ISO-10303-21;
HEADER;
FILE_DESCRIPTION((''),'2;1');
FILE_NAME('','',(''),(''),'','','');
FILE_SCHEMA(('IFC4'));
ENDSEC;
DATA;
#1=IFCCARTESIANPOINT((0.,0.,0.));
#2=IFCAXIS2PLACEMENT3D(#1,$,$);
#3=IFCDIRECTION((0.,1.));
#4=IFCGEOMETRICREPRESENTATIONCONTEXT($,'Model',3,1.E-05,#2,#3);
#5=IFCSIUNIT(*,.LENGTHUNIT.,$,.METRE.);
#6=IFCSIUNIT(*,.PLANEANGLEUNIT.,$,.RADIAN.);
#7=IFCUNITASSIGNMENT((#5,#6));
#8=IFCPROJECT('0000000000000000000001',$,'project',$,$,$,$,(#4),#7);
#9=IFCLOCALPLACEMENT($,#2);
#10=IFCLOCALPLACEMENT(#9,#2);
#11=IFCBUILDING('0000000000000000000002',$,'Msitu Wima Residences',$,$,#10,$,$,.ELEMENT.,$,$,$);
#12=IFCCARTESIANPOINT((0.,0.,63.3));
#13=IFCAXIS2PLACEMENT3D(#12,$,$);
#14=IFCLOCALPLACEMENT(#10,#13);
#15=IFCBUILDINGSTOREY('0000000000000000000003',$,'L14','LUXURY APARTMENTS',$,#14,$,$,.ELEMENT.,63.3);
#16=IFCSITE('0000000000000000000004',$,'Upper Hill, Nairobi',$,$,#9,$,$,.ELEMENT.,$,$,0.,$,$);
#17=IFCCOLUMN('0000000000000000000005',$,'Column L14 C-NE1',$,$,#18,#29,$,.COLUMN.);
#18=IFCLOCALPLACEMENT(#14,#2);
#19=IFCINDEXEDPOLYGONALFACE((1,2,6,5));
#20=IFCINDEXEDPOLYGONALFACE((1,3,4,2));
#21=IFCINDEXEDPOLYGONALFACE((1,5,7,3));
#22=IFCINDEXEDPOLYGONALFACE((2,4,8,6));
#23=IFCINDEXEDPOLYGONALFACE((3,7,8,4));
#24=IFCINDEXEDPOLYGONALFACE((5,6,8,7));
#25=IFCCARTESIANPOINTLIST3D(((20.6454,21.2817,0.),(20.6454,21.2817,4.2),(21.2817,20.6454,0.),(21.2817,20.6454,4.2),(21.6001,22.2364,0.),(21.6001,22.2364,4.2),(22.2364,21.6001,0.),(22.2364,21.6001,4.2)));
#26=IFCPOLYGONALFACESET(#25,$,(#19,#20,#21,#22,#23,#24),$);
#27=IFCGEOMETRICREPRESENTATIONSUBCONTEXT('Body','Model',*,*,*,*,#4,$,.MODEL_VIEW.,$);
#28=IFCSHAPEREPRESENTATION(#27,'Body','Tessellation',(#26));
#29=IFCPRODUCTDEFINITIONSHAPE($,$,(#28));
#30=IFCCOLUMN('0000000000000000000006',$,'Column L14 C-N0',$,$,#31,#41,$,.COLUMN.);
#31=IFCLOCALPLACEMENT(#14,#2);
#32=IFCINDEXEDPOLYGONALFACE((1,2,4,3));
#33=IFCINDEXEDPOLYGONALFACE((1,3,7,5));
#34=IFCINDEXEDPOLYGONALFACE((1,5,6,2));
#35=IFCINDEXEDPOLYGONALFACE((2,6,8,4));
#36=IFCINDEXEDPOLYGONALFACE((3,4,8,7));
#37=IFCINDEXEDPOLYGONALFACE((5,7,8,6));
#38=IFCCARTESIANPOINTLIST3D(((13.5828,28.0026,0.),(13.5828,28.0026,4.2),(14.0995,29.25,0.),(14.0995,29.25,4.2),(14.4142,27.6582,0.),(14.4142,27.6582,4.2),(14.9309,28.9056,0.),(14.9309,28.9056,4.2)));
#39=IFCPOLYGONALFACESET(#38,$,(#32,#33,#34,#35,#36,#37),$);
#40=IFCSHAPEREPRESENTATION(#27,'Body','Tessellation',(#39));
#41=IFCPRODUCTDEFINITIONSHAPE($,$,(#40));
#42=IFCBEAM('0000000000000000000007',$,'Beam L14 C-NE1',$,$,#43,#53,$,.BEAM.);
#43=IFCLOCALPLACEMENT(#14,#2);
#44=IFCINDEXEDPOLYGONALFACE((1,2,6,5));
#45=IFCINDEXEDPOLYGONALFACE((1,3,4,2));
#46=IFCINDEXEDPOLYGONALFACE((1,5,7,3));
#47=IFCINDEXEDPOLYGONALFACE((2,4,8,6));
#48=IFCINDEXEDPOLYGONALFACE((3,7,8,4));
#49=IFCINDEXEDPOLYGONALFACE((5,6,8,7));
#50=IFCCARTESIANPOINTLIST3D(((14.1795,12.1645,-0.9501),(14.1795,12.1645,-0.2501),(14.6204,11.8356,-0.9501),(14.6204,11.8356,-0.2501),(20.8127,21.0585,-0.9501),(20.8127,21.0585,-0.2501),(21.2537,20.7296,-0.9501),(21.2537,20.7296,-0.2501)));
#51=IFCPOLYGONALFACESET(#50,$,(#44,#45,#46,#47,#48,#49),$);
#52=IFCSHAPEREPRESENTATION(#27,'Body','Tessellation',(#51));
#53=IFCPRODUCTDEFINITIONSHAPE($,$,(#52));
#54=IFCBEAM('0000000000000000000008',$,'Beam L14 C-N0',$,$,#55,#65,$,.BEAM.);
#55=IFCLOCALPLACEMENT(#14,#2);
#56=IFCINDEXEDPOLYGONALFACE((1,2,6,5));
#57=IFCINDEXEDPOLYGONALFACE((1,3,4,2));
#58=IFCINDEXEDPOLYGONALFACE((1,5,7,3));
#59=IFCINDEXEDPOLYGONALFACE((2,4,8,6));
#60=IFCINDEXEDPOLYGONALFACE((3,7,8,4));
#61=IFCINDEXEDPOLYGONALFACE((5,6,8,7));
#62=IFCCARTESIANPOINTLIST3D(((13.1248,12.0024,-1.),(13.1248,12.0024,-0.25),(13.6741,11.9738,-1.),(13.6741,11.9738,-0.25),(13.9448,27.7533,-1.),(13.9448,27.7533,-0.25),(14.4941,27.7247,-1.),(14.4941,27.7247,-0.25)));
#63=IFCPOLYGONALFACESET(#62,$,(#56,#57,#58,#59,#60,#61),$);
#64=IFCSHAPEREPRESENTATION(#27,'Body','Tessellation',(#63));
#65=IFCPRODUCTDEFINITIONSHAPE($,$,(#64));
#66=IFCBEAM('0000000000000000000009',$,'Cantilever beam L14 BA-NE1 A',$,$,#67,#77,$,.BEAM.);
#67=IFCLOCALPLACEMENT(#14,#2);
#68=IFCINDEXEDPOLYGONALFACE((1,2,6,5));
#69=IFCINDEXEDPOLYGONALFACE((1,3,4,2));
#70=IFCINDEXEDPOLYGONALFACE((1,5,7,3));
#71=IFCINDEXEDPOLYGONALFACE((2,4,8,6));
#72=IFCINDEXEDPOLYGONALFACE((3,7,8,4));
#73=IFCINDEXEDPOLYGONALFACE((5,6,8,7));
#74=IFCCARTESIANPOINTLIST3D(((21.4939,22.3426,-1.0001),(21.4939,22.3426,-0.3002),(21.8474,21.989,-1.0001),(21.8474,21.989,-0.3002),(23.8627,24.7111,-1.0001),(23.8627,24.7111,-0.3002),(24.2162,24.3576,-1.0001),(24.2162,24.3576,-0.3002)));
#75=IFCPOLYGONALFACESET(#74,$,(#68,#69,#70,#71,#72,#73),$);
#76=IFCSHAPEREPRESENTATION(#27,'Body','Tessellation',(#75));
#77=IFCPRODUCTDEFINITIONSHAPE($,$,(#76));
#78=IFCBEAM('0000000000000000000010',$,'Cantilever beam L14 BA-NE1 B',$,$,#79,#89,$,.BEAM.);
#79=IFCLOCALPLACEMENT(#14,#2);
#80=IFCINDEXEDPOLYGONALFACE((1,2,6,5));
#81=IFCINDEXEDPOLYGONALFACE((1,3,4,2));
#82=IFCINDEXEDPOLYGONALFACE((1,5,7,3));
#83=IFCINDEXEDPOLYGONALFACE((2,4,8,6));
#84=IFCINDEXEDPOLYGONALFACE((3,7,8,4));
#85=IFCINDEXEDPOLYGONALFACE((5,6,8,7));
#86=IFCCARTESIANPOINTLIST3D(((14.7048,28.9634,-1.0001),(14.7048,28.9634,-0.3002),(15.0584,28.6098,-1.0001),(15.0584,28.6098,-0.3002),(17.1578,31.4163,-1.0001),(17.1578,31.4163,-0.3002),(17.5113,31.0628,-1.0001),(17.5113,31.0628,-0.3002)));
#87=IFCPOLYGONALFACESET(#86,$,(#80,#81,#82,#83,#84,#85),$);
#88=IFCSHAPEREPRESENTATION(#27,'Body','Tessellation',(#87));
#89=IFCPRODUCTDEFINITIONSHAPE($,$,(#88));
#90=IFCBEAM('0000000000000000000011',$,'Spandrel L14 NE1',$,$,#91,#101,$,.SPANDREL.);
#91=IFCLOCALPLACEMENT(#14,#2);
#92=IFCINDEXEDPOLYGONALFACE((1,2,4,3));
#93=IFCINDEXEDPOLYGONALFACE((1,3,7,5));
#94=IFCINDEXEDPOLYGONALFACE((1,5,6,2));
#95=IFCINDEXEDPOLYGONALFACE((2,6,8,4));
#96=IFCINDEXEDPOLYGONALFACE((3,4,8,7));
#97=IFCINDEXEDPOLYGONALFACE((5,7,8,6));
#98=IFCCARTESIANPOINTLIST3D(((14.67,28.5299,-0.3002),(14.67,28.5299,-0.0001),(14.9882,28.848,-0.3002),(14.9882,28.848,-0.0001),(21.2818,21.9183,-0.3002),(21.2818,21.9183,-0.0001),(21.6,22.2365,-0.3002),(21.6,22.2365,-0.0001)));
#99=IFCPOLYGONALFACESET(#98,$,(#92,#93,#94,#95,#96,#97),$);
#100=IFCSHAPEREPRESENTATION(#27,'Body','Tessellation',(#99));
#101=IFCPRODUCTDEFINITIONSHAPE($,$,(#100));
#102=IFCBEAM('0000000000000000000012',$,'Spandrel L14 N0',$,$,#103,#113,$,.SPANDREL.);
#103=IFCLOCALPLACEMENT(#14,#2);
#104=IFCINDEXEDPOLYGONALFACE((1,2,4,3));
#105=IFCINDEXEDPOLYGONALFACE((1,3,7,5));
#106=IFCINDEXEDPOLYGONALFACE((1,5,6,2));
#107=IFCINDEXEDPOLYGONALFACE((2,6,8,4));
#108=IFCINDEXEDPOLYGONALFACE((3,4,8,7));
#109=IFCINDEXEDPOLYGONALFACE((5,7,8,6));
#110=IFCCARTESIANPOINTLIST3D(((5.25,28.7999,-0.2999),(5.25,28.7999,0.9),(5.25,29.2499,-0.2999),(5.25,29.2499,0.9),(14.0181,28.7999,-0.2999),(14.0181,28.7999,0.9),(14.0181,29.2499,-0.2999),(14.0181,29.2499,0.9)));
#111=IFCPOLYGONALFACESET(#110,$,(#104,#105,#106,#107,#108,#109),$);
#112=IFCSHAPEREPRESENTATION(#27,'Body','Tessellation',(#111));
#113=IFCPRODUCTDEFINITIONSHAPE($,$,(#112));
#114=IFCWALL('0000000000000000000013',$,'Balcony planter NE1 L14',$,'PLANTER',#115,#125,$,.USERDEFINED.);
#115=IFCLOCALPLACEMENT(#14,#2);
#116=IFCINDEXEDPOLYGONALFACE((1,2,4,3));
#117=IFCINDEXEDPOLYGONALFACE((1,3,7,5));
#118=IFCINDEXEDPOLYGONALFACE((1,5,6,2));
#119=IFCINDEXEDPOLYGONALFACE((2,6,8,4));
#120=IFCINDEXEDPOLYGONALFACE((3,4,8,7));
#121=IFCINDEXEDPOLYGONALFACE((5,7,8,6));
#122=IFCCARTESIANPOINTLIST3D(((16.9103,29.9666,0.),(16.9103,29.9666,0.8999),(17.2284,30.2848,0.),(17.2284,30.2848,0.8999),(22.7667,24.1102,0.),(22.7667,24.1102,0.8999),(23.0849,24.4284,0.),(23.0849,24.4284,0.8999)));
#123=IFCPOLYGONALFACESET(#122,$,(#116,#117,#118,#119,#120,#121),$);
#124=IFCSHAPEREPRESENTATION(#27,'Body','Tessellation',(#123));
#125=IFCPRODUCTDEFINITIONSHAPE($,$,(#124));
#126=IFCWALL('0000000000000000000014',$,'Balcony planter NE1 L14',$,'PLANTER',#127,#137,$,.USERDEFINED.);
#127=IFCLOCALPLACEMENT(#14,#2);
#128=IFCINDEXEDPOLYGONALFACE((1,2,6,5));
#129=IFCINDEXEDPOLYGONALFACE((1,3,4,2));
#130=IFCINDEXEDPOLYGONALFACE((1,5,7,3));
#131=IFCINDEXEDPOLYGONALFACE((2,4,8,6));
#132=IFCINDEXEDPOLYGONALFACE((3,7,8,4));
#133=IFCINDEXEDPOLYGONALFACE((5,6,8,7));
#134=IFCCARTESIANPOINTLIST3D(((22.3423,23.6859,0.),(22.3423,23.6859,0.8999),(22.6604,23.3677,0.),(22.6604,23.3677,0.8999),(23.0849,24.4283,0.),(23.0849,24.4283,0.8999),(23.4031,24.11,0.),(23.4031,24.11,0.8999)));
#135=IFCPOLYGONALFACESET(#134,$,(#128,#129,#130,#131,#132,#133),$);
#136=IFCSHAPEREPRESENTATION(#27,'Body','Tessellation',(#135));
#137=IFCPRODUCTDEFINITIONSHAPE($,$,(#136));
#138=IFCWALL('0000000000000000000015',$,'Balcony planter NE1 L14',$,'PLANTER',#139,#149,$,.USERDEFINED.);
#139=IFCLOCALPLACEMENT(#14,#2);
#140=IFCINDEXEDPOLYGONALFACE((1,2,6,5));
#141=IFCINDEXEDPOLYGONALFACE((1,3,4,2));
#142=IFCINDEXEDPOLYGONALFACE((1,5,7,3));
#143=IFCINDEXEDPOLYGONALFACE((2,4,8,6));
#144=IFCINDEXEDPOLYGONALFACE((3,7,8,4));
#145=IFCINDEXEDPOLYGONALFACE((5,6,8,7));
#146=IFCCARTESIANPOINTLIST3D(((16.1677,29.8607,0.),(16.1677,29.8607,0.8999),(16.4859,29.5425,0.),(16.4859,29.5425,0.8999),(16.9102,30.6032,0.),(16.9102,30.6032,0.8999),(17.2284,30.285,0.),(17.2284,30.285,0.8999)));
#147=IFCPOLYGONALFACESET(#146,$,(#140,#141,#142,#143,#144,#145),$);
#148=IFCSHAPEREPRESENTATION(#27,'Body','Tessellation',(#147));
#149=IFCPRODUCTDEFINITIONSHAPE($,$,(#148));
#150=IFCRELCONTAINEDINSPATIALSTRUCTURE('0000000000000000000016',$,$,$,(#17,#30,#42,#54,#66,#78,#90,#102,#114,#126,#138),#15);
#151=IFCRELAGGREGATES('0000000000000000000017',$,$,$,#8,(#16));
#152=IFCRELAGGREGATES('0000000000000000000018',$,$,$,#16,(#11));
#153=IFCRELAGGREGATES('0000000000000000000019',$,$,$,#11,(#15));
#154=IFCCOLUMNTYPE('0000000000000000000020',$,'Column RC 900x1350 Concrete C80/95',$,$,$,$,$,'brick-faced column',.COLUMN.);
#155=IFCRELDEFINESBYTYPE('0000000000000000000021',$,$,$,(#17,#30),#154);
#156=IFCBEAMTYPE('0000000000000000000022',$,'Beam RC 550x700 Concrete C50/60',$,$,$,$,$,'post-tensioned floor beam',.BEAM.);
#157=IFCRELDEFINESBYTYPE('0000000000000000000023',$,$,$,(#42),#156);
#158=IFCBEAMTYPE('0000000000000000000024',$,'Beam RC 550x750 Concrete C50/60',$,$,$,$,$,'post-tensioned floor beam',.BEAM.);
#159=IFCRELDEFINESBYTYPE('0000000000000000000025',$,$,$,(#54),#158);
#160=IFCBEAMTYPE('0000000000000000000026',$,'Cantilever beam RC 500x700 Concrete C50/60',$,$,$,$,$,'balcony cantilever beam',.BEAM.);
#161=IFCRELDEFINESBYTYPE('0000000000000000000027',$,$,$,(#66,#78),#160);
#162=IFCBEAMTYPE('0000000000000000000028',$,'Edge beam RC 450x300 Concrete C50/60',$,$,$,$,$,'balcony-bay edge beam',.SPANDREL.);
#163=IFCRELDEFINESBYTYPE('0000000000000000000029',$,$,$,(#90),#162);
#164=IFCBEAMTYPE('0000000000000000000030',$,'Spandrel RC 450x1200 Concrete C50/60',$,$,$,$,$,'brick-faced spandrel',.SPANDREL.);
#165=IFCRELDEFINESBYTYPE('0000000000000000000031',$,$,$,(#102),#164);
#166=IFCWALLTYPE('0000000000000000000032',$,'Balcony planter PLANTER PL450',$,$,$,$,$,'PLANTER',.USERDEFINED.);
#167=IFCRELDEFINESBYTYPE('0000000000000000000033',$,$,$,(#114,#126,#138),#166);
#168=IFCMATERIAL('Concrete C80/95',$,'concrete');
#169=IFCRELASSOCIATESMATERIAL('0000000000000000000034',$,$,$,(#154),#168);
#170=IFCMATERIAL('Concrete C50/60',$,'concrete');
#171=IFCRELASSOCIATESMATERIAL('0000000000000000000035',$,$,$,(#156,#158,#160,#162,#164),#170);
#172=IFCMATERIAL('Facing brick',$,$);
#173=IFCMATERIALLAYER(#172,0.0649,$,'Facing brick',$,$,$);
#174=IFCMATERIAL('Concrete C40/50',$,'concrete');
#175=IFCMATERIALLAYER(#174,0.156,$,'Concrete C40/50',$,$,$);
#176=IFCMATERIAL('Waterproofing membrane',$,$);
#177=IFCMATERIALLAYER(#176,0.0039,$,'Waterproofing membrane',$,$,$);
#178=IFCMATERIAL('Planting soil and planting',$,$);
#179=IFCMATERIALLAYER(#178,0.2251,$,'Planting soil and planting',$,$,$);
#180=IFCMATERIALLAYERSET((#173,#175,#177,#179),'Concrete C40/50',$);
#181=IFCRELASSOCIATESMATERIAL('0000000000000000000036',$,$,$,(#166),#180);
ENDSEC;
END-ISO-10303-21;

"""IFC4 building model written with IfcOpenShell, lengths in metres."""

from ifc_helpers import new_model, si_unit, direction, frame, frame_2d, origin, origin_2d, place, context, subcontext, project, spatial, rectangle, extrude, material, layer, layer_set, material_profile, profile_set, type_object, element, save


model = new_model("IFC4")

# Units and contexts
model_context = context("Model", 3, precision=1e-05, world=origin(), true_north=direction((0.0, 1.0)))
body_context = subcontext(model_context, "Body", "Model", "MODEL_VIEW")
ifc_project = project(units=[si_unit("LENGTHUNIT", "METRE"), si_unit("PLANEANGLEUNIT", "RADIAN")], contexts=[model_context])

# Site, building, storey
site_placement = place(None, origin())
site = spatial("IfcSite", under=ifc_project, at=site_placement, Name="Upper Hill, Nairobi", CompositionType="ELEMENT", RefElevation=0.0)
building_placement = place(site_placement, origin())
building = spatial("IfcBuilding", under=site, at=building_placement, Name="Msitu Wima Residences", CompositionType="ELEMENT")
storey_placement = place(building_placement, frame((0.0, 0.0, 63.3)))
storey = spatial("IfcBuildingStorey", under=building, at=storey_placement, Name="L14", Description="LUXURY APARTMENTS", CompositionType="ELEMENT", Elevation=63.3)

# Columns
ifc_material_1 = material(Name="Concrete C80/95", Category="concrete")
ifc_material_profile_1 = material_profile(ifc_material_1, rectangle(XDim=0.8999, YDim=1.3501, at=origin_2d()), Name="RC 900x1350")
ifc_profile_set_1 = profile_set([ifc_material_profile_1], Name="Concrete C80/95")
column_type = type_object("IfcColumnType", Name="Column RC 900x1350 Concrete C80/95", ElementType="brick-faced column", PredefinedType="COLUMN", material=ifc_profile_set_1)
for number, where, z_axis, x_axis, name in (
    (1, (21.4409, 21.4409, 0.0), (0.0, 0.0, 1.0), (-0.707107, 0.707107, 0.0), "Column L14 C-NE1"),
    (2, (14.2568, 28.4541, 0.0), (0.0, 0.0, 1.0), (-0.92388, 0.382683, 0.0), "Column L14 C-N0"),
):
    element("IfcColumn", number, at=place(storey_placement, frame(where, z_axis=z_axis, x_axis=x_axis)), inside=storey, type_object=column_type, Name=name, PredefinedType="COLUMN", context=body_context, shape_type="SweptSolid", body=[
        extrude(rectangle(XDim=0.8999, YDim=1.3501, at=origin_2d()), origin(), (0.0, 0.0, 1.0), 4.2),
    ])

# Beams
ifc_material_2 = material(Name="Concrete C50/60", Category="concrete")
ifc_material_profile_2 = material_profile(ifc_material_2, rectangle(XDim=0.55, YDim=0.7, at=origin_2d()), Name="RC 550x700")
ifc_profile_set_2 = profile_set([ifc_material_profile_2], Name="Concrete C50/60")
beam_type_1 = type_object("IfcBeamType", Name="Beam RC 550x700 Concrete C50/60", ElementType="post-tensioned floor beam", PredefinedType="BEAM", material=ifc_profile_set_2)
beam_1_placement = place(storey_placement, frame((21.0332, 20.894, -0.6001), z_axis=(-0.59785, -0.801608, 0.0), x_axis=(0.801608, -0.59785, 0.0)))
element("IfcBeam", 3, at=beam_1_placement, inside=storey, type_object=beam_type_1, Name="Beam L14 C-NE1", PredefinedType="BEAM", context=body_context, shape_type="SweptSolid", body=[
    extrude(rectangle(XDim=0.55, YDim=0.7, at=origin_2d()), origin(), (0.0, 0.0, 1.0), 11.0952),
])
ifc_material_profile_3 = material_profile(ifc_material_2, rectangle(XDim=0.55, YDim=0.75, at=origin_2d()), Name="RC 550x750")
ifc_profile_set_3 = profile_set([ifc_material_profile_3], Name="Concrete C50/60")
beam_type_2 = type_object("IfcBeamType", Name="Beam RC 550x750 Concrete C50/60", ElementType="post-tensioned floor beam", PredefinedType="BEAM", material=ifc_profile_set_3)
beam_2_placement = place(storey_placement, frame((14.2195, 27.739, -0.625), z_axis=(-0.051994, -0.998647, 0.0), x_axis=(0.998647, -0.051994, 0.0)))
element("IfcBeam", 4, at=beam_2_placement, inside=storey, type_object=beam_type_2, Name="Beam L14 C-N0", PredefinedType="BEAM", context=body_context, shape_type="SweptSolid", body=[
    extrude(rectangle(XDim=0.55, YDim=0.75, at=origin_2d()), origin(), (0.0, 0.0, 1.0), 15.7722),
])
ifc_material_profile_4 = material_profile(ifc_material_2, rectangle(XDim=0.5, YDim=0.7, at=origin_2d()), Name="RC 500x700")
ifc_profile_set_4 = profile_set([ifc_material_profile_4], Name="Concrete C50/60")
beam_type_3 = type_object("IfcBeamType", Name="Cantilever beam RC 500x700 Concrete C50/60", ElementType="balcony cantilever beam", PredefinedType="BEAM", material=ifc_profile_set_4)
beam_3_placement = place(storey_placement, frame((21.6707, 22.1658, -0.6501), z_axis=(0.707143, 0.70707, 0.0), x_axis=(-0.70707, 0.707143, 0.0)))
element("IfcBeam", 5, at=beam_3_placement, inside=storey, type_object=beam_type_3, Name="Cantilever beam L14 BA-NE1 A", PredefinedType="BEAM", context=body_context, shape_type="SweptSolid", body=[
    extrude(rectangle(XDim=0.5, YDim=0.7, at=origin_2d()), origin(), (0.0, 0.0, 1.0), 3.3499),
])
beam_4_placement = place(storey_placement, frame((14.8816, 28.7866, -0.6501), z_axis=(0.707107, 0.707107, 0.0), x_axis=(-0.707107, 0.707107, 0.0)))
element("IfcBeam", 6, at=beam_4_placement, inside=storey, type_object=beam_type_3, Name="Cantilever beam L14 BA-NE1 B", PredefinedType="BEAM", context=body_context, shape_type="SweptSolid", body=[
    extrude(rectangle(XDim=0.5, YDim=0.7, at=origin_2d()), origin(), (0.0, 0.0, 1.0), 3.469),
])
ifc_material_profile_5 = material_profile(ifc_material_2, rectangle(XDim=0.45, YDim=0.3, at=origin_2d()), Name="RC 450x300")
ifc_profile_set_5 = profile_set([ifc_material_profile_5], Name="Concrete C50/60")
beam_type_4 = type_object("IfcBeamType", Name="Edge beam RC 450x300 Concrete C50/60", ElementType="balcony-bay edge beam", PredefinedType="SPANDREL", material=ifc_profile_set_5)
beam_5_placement = place(storey_placement, frame((21.4409, 22.0774, -0.1501), z_axis=(-0.70712, 0.707094, 0.0), x_axis=(-0.707094, -0.70712, 0.0)))
element("IfcBeam", 7, at=beam_5_placement, inside=storey, type_object=beam_type_4, Name="Spandrel L14 NE1", PredefinedType="SPANDREL", context=body_context, shape_type="SweptSolid", body=[
    extrude(rectangle(XDim=0.45, YDim=0.3, at=origin_2d()), origin(), (0.0, 0.0, 1.0), 9.3503),
])
ifc_material_profile_6 = material_profile(ifc_material_2, rectangle(XDim=0.45, YDim=1.2, at=origin_2d()), Name="RC 450x1200")
ifc_profile_set_6 = profile_set([ifc_material_profile_6], Name="Concrete C50/60")
beam_type_5 = type_object("IfcBeamType", Name="Spandrel RC 450x1200 Concrete C50/60", ElementType="brick-faced spandrel", PredefinedType="SPANDREL", material=ifc_profile_set_6)
beam_6_placement = place(storey_placement, frame((14.0181, 29.0249, 0.3), z_axis=(-1.0, 0.0, 0.0), x_axis=(0.0, -1.0, 0.0)))
element("IfcBeam", 8, at=beam_6_placement, inside=storey, type_object=beam_type_5, Name="Spandrel L14 N0", PredefinedType="SPANDREL", context=body_context, shape_type="SweptSolid", body=[
    extrude(rectangle(XDim=0.45, YDim=1.2, at=origin_2d()), origin(), (0.0, 0.0, 1.0), 8.7681),
])

# Walls
ifc_material_3 = material(Name="Facing brick")
ifc_layer_1 = layer(ifc_material_3, 0.0649, Name="Facing brick")
ifc_material_4 = material(Name="Concrete C40/50", Category="concrete")
ifc_layer_2 = layer(ifc_material_4, 0.156, Name="Concrete C40/50")
ifc_material_5 = material(Name="Waterproofing membrane")
ifc_layer_3 = layer(ifc_material_5, 0.0039, Name="Waterproofing membrane")
ifc_material_6 = material(Name="Planting soil and planting")
ifc_layer_4 = layer(ifc_material_6, 0.2251, Name="Planting soil and planting")
ifc_layer_set_1 = layer_set([ifc_layer_1, ifc_layer_2, ifc_layer_3, ifc_layer_4], Name="Concrete C40/50")
wall_type_1 = type_object("IfcWallType", Name="Balcony planter PLANTER PL450", ElementType="PLANTER", PredefinedType="USERDEFINED", material=ifc_layer_set_1)
wall_1_placement = place(storey_placement, frame((22.9258, 24.2693, 0.0), z_axis=(0.0, 0.0, 1.0), x_axis=(-0.707107, 0.707107, 0.0)))
element("IfcWall", 9, at=wall_1_placement, inside=storey, type_object=wall_type_1, Name="Balcony planter NE1 L14", ObjectType="PLANTER", PredefinedType="USERDEFINED", context=body_context, shape_type="SweptSolid", body=[
    extrude(rectangle(XDim=8.2822, YDim=0.45, at=frame_2d((4.1411, 0.0))), origin(), (0.0, 0.0, 1.0), 0.8999),
])
for number, where, z_axis, x_axis, name in (
    (10, (22.5015, 23.5269, 0.0), (0.0, 0.0, 1.0), (0.707223, 0.706991, 0.0), "Balcony planter NE1 L14"),
    (11, (16.3269, 29.7017, 0.0), (0.0, 0.0, 1.0), (0.707107, 0.707107, 0.0), "Balcony planter NE1 L14"),
):
    element("IfcWall", number, at=place(storey_placement, frame(where, z_axis=z_axis, x_axis=x_axis)), inside=storey, type_object=wall_type_1, Name=name, ObjectType="PLANTER", PredefinedType="USERDEFINED", context=body_context, shape_type="SweptSolid", body=[
        extrude(rectangle(XDim=1.05, YDim=0.45, at=frame_2d((0.5249, 0.0))), origin(), (0.0, 0.0, 1.0), 0.8999),
    ])

save(model, "model.ifc")
